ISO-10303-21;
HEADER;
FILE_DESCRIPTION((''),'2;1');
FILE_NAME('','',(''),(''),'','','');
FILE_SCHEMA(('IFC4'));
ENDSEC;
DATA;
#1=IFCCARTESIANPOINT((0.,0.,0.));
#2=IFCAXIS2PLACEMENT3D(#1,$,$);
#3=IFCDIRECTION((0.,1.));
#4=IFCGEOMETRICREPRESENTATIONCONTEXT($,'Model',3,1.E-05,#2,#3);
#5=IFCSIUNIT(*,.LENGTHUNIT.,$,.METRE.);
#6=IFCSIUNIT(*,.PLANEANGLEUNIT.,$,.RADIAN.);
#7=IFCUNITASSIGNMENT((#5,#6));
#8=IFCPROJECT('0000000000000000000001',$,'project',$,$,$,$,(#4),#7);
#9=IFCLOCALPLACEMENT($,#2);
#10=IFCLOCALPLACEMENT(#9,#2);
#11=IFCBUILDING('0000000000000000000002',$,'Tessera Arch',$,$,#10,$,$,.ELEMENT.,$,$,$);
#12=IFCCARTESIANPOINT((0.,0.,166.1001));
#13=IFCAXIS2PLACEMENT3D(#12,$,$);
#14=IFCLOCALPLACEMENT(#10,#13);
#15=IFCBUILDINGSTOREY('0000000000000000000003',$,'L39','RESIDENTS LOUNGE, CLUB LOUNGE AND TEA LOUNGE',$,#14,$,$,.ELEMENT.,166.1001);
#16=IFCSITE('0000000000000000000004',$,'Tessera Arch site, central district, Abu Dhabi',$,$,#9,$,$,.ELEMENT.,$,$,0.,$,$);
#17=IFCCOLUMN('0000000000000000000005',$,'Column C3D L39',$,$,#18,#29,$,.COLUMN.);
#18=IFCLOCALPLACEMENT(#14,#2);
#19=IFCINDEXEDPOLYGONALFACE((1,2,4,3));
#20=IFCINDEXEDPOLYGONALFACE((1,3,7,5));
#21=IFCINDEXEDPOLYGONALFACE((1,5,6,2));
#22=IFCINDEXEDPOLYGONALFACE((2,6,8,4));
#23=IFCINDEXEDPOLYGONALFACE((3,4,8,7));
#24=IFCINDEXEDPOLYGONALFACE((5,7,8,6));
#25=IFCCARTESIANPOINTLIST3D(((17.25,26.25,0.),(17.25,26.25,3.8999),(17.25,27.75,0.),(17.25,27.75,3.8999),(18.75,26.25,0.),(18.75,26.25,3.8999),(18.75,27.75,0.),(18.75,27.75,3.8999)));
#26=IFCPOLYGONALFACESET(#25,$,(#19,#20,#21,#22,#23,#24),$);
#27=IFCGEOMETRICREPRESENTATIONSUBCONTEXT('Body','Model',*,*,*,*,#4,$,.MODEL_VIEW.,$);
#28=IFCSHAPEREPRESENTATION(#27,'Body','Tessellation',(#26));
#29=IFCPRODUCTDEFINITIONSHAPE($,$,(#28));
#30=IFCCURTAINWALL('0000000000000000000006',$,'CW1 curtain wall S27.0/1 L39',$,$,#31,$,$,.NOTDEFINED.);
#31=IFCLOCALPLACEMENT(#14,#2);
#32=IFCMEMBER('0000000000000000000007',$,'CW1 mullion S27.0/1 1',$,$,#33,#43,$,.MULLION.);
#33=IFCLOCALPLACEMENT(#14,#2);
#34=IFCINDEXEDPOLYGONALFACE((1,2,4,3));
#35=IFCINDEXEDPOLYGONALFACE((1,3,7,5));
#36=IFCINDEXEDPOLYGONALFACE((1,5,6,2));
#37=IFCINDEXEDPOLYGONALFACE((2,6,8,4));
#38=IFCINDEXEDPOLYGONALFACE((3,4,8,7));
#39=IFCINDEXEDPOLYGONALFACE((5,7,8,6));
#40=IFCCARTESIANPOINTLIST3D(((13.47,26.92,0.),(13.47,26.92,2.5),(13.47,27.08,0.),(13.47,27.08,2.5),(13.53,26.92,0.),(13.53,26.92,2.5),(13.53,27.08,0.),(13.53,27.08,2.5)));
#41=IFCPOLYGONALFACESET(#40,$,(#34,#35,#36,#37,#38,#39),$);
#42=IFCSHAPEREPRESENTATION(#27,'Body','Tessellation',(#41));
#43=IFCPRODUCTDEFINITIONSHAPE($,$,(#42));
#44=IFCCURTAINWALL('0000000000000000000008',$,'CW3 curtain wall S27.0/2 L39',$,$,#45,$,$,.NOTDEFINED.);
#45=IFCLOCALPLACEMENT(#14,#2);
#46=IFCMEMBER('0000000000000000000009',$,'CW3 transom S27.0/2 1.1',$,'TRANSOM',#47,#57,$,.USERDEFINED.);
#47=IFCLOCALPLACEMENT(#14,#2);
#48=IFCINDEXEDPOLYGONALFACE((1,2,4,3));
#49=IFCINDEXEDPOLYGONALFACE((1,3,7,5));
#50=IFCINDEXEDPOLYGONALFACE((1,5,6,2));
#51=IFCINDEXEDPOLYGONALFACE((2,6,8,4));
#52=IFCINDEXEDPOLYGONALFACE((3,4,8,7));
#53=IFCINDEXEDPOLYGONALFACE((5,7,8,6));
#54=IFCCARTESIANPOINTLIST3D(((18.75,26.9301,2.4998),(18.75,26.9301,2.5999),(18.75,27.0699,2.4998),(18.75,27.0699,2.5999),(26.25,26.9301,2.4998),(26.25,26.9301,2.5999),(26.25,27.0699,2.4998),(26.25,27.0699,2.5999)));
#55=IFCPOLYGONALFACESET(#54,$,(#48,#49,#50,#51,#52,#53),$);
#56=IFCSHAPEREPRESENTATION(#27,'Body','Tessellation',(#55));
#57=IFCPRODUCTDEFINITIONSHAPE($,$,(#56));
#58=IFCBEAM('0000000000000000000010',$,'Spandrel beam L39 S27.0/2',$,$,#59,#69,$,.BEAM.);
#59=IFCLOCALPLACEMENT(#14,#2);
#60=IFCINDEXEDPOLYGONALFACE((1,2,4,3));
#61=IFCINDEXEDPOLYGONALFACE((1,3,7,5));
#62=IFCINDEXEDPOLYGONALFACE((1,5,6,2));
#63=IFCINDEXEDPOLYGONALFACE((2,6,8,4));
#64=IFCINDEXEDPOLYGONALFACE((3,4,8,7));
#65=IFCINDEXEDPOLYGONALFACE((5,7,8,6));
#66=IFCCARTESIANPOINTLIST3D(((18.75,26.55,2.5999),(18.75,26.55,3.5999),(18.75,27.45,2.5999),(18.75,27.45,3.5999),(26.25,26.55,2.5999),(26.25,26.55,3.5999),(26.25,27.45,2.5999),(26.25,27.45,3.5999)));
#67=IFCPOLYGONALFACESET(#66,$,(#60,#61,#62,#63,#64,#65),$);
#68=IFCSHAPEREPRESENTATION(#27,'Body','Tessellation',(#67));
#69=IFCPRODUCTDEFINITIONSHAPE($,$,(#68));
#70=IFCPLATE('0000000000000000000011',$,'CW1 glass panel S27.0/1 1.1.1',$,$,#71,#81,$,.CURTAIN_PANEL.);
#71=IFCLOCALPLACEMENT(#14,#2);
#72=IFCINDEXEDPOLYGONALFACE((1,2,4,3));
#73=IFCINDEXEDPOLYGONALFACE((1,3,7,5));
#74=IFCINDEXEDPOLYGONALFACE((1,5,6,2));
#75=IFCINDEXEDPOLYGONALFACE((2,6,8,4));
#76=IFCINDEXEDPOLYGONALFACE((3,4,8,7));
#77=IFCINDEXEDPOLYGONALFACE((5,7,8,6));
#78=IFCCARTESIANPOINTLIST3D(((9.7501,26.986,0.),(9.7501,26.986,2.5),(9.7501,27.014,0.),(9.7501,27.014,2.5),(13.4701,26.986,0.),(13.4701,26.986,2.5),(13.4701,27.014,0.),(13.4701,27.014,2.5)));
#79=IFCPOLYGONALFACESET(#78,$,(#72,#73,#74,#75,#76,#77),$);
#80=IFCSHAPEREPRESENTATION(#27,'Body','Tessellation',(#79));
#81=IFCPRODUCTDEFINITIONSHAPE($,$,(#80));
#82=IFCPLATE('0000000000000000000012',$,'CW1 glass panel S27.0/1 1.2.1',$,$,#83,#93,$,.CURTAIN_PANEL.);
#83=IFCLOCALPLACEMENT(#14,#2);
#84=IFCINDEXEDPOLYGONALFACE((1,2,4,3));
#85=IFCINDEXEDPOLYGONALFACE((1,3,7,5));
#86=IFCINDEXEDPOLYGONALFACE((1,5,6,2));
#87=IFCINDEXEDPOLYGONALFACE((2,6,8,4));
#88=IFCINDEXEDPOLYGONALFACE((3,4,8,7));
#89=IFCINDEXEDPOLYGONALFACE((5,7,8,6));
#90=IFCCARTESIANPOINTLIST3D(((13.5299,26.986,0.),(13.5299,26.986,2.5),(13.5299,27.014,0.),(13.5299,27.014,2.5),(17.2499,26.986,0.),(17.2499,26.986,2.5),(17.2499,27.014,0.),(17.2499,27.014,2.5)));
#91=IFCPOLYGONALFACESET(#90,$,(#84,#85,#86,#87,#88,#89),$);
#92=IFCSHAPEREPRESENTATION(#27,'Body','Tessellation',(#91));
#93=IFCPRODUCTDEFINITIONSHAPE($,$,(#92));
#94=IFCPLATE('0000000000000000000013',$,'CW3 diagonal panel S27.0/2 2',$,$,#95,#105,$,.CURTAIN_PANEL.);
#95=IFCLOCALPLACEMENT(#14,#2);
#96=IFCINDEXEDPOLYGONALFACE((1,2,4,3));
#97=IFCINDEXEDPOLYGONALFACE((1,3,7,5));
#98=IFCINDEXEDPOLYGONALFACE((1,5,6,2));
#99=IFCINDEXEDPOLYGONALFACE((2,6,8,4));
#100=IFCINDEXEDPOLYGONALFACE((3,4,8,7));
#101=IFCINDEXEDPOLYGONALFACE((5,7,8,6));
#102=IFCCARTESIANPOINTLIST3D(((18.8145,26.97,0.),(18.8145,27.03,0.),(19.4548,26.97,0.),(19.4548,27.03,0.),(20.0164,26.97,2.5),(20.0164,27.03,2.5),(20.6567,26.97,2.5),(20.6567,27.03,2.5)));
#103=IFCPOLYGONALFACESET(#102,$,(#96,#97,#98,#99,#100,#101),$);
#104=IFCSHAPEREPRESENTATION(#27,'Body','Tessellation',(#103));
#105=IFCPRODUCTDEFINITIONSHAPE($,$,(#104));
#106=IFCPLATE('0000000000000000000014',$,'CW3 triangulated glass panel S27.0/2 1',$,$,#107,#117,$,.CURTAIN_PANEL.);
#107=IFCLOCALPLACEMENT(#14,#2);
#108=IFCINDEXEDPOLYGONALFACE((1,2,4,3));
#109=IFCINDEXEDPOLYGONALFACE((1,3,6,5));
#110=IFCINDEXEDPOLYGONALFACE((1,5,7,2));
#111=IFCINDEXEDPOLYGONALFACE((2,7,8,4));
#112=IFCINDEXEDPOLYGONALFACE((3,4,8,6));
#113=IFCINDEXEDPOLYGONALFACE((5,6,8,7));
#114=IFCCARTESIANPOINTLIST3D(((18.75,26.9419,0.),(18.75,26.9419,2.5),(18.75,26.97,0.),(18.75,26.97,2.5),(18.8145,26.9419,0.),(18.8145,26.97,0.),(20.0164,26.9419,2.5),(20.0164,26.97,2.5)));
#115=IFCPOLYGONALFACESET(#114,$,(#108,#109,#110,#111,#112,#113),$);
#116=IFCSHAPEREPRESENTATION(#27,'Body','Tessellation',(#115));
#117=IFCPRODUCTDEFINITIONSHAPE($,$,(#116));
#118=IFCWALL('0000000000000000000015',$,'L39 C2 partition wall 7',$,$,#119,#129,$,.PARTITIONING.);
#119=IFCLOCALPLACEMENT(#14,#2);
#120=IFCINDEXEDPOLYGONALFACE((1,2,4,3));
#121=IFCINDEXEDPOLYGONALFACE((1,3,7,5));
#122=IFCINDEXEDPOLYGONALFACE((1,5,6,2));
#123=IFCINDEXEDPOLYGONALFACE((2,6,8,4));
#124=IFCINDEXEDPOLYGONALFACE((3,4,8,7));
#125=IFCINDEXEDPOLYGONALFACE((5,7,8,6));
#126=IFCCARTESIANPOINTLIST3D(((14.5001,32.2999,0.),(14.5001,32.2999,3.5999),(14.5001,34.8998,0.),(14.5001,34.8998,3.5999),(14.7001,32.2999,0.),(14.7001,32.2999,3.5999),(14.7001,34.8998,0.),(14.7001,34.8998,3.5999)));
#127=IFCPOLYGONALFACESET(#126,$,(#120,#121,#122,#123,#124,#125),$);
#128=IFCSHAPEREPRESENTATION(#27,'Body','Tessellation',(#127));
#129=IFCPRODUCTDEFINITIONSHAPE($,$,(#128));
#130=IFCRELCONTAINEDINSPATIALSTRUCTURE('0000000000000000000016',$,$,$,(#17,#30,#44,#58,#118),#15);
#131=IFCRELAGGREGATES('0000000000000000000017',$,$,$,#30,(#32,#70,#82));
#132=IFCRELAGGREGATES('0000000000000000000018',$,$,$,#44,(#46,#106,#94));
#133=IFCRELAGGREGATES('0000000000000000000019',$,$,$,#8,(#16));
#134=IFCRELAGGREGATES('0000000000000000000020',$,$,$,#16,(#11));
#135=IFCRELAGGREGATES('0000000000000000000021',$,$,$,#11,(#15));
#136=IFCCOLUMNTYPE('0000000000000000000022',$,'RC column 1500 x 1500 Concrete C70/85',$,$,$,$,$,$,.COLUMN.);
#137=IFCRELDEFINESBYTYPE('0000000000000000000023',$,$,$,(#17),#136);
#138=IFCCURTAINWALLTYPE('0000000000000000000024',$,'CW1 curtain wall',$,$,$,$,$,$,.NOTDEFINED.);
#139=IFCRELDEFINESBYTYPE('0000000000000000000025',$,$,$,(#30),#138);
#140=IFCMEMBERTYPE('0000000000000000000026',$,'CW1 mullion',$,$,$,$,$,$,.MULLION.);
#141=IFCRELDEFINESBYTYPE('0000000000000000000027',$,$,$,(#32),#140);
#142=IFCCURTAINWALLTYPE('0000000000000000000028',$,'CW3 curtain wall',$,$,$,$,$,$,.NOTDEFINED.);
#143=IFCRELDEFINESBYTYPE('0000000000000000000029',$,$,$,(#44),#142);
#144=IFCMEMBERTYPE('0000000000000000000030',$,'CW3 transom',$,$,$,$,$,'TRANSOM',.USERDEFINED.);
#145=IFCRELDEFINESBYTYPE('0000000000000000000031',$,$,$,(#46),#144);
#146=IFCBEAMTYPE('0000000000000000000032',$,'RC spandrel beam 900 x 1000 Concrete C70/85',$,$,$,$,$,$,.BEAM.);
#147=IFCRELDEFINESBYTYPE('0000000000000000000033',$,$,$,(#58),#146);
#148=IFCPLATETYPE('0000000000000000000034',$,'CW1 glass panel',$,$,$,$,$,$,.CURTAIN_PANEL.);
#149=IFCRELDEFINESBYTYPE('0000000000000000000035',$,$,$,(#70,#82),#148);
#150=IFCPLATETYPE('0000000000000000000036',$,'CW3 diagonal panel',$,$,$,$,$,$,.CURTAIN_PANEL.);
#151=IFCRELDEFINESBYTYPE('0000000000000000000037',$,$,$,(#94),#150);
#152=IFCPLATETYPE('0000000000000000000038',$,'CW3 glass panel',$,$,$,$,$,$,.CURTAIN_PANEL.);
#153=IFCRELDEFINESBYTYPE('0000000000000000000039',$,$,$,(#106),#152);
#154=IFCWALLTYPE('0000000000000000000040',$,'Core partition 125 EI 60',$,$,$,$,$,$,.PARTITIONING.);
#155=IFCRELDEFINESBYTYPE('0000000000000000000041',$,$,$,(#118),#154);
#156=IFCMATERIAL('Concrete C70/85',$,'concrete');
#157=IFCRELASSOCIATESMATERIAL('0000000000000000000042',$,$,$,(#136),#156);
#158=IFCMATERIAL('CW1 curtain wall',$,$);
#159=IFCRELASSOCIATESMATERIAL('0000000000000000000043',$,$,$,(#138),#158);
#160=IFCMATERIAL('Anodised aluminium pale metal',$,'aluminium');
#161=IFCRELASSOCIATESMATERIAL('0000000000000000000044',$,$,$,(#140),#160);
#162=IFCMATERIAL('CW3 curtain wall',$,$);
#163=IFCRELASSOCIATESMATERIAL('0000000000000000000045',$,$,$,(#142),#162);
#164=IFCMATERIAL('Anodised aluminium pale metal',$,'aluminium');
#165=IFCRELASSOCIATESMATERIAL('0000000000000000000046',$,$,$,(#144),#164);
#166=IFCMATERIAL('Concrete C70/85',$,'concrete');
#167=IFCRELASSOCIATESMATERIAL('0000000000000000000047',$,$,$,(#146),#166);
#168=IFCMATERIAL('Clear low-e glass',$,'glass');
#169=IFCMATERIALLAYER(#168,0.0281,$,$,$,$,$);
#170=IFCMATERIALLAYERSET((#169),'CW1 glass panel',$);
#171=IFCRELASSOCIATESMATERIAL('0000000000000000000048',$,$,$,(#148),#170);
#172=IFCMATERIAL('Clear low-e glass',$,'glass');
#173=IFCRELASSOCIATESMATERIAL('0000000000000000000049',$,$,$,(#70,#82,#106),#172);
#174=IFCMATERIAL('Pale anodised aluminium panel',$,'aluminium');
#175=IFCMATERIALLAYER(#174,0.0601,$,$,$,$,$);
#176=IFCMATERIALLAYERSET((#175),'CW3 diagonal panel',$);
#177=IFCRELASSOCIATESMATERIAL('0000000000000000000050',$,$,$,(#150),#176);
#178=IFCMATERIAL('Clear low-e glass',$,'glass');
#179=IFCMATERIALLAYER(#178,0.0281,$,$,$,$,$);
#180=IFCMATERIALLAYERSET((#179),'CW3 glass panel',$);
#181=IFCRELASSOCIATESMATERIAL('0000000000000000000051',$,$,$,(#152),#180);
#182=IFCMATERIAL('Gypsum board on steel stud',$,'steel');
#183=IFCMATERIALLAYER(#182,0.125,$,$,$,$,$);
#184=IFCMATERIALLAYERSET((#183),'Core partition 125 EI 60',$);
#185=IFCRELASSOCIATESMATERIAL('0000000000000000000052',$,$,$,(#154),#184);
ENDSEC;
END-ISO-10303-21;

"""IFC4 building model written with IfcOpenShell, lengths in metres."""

from ifc_helpers import new_model, si_unit, direction, frame, frame_2d, origin, origin_2d, place, context, subcontext, project, spatial, polyline, rectangle, outline, extrude, material, layer, layer_set, material_profile, profile_set, type_object, element, aggregate, save


model = new_model("IFC4")

# Units and contexts
model_context = context("Model", 3, precision=1e-05, world=origin(), true_north=direction((0.0, 1.0)))
body_context = subcontext(model_context, "Body", "Model", "MODEL_VIEW")
ifc_project = project(units=[si_unit("LENGTHUNIT", "METRE"), si_unit("PLANEANGLEUNIT", "RADIAN")], contexts=[model_context])

# Site, building, storey
site_placement = place(None, origin())
site = spatial("IfcSite", under=ifc_project, at=site_placement, Name="Tessera Arch site, central district, Abu Dhabi", CompositionType="ELEMENT", RefElevation=0.0)
building_placement = place(site_placement, origin())
building = spatial("IfcBuilding", under=site, at=building_placement, Name="Tessera Arch", CompositionType="ELEMENT")
storey_placement = place(building_placement, frame((0.0, 0.0, 166.1001)))
storey = spatial("IfcBuildingStorey", under=building, at=storey_placement, Name="L39", Description="RESIDENTS LOUNGE, CLUB LOUNGE AND TEA LOUNGE", CompositionType="ELEMENT", Elevation=166.1001)

# Column
ifc_material_1 = material(Name="Concrete C70/85", Category="concrete")
ifc_material_profile_1 = material_profile(ifc_material_1, rectangle(XDim=1.5, YDim=1.5, at=origin_2d()), Name="RC column 1500 x 1500 Concrete C70/85")
ifc_profile_set_1 = profile_set([ifc_material_profile_1], Name="Concrete C70/85")
column_type = type_object("IfcColumnType", Name="RC column 1500 x 1500 Concrete C70/85", PredefinedType="COLUMN", material=ifc_profile_set_1)
column_placement = place(storey_placement, frame((18.0, 27.0, 0.0), z_axis=(0.0, 0.0, 1.0), x_axis=(1.0, 0.0, 0.0)))
element("IfcColumn", 1, at=column_placement, inside=storey, type_object=column_type, Name="Column C3D L39", PredefinedType="COLUMN", context=body_context, shape_type="SweptSolid", body=[
    extrude(rectangle(XDim=1.5, YDim=1.5, at=origin_2d()), origin(), (0.0, 0.0, 1.0), 3.8999),
])

# Curtain walls, members
ifc_material_2 = material(Name="CW1 curtain wall")
curtain_wall_type_1 = type_object("IfcCurtainWallType", Name="CW1 curtain wall", PredefinedType="NOTDEFINED", material=ifc_material_2)
curtain_wall_1_placement = place(storey_placement, origin())
curtain_wall_1 = element("IfcCurtainWall", 2, at=curtain_wall_1_placement, inside=storey, type_object=curtain_wall_type_1, Name="CW1 curtain wall S27.0/1 L39", PredefinedType="NOTDEFINED")
ifc_material_3 = material(Name="Anodised aluminium pale metal", Category="aluminium")
ifc_material_profile_2 = material_profile(ifc_material_3, rectangle(XDim=0.1599, YDim=0.0601, at=origin_2d()), Name="AL 60x160")
ifc_profile_set_2 = profile_set([ifc_material_profile_2], Name="Anodised aluminium pale metal")
member_type_1 = type_object("IfcMemberType", Name="CW1 mullion", PredefinedType="MULLION", material=ifc_profile_set_2)
member_1_placement = place(storey_placement, frame((13.5, 27.0, 0.0), z_axis=(0.0, 0.0, 1.0), x_axis=(0.0, 1.0, 0.0)))
member_1 = element("IfcMember", 3, at=member_1_placement, type_object=member_type_1, Name="CW1 mullion S27.0/1 1", PredefinedType="MULLION", context=body_context, shape_type="SweptSolid", body=[
    extrude(rectangle(XDim=0.1599, YDim=0.0601, at=origin_2d()), origin(), (0.0, 0.0, 1.0), 2.5),
])
ifc_material_4 = material(Name="CW3 curtain wall")
curtain_wall_type_2 = type_object("IfcCurtainWallType", Name="CW3 curtain wall", PredefinedType="NOTDEFINED", material=ifc_material_4)
curtain_wall_2_placement = place(storey_placement, origin())
curtain_wall_2 = element("IfcCurtainWall", 4, at=curtain_wall_2_placement, inside=storey, type_object=curtain_wall_type_2, Name="CW3 curtain wall S27.0/2 L39", PredefinedType="NOTDEFINED")
ifc_material_5 = material(Name="Anodised aluminium pale metal", Category="aluminium")
ifc_material_profile_3 = material_profile(ifc_material_5, rectangle(XDim=0.1399, YDim=0.1001, at=origin_2d()), Name="AL 140x100")
ifc_profile_set_3 = profile_set([ifc_material_profile_3], Name="Anodised aluminium pale metal")
member_type_2 = type_object("IfcMemberType", Name="CW3 transom", ElementType="TRANSOM", PredefinedType="USERDEFINED", material=ifc_profile_set_3)
member_2_placement = place(storey_placement, frame((18.75, 27.0, 2.5498), z_axis=(1.0, 0.0, 0.0), x_axis=(0.0, 1.0, 0.0)))
member_2 = element("IfcMember", 5, at=member_2_placement, type_object=member_type_2, Name="CW3 transom S27.0/2 1.1", ObjectType="TRANSOM", PredefinedType="USERDEFINED", context=body_context, shape_type="SweptSolid", body=[
    extrude(rectangle(XDim=0.1399, YDim=0.1001, at=origin_2d()), origin(), (0.0, 0.0, 1.0), 7.5),
])

# Beam
ifc_material_6 = material(Name="Concrete C70/85", Category="concrete")
ifc_material_profile_4 = material_profile(ifc_material_6, rectangle(XDim=0.8999, YDim=1.0, at=origin_2d()), Name="RC spandrel beam 900 x 1000 Concrete C70/85")
ifc_profile_set_4 = profile_set([ifc_material_profile_4], Name="Concrete C70/85")
beam_type = type_object("IfcBeamType", Name="RC spandrel beam 900 x 1000 Concrete C70/85", PredefinedType="BEAM", material=ifc_profile_set_4)
beam_placement = place(storey_placement, frame((18.75, 27.0, 3.0999), z_axis=(1.0, 0.0, 0.0), x_axis=(0.0, 1.0, 0.0)))
element("IfcBeam", 6, at=beam_placement, inside=storey, type_object=beam_type, Name="Spandrel beam L39 S27.0/2", PredefinedType="BEAM", context=body_context, shape_type="SweptSolid", body=[
    extrude(rectangle(XDim=0.8999, YDim=1.0, at=origin_2d()), origin(), (0.0, 0.0, 1.0), 7.5),
])

# Plates
ifc_material_7 = material(Name="Clear low-e glass", Category="glass")
ifc_material_8 = material(Name="Clear low-e glass", Category="glass")
ifc_layer_1 = layer(ifc_material_8, 0.0281)
ifc_layer_set_1 = layer_set([ifc_layer_1], Name="CW1 glass panel")
plate_type_1 = type_object("IfcPlateType", Name="CW1 glass panel", PredefinedType="CURTAIN_PANEL", material=ifc_layer_set_1)
plate_1_placement = place(storey_placement, frame((11.6101, 27.0, 0.0), z_axis=(0.0, 0.0, 1.0), x_axis=(1.0, 0.0, 0.0)))
plate_1 = element("IfcPlate", 7, at=plate_1_placement, type_object=plate_type_1, material=ifc_material_7, Name="CW1 glass panel S27.0/1 1.1.1", PredefinedType="CURTAIN_PANEL", context=body_context, shape_type="SweptSolid", body=[
    extrude(rectangle(XDim=3.72, YDim=0.0281, at=origin_2d()), origin(), (0.0, 0.0, 1.0), 2.5),
])
plate_2_placement = place(storey_placement, frame((15.3899, 27.0, 0.0), z_axis=(0.0, 0.0, 1.0), x_axis=(1.0, 0.0, 0.0)))
plate_2 = element("IfcPlate", 8, at=plate_2_placement, type_object=plate_type_1, material=ifc_material_7, Name="CW1 glass panel S27.0/1 1.2.1", PredefinedType="CURTAIN_PANEL", context=body_context, shape_type="SweptSolid", body=[
    extrude(rectangle(XDim=3.72, YDim=0.0281, at=origin_2d()), origin(), (0.0, 0.0, 1.0), 2.5),
])
aggregate(curtain_wall_1, [member_1, plate_1, plate_2])
ifc_material_9 = material(Name="Pale anodised aluminium panel", Category="aluminium")
ifc_layer_2 = layer(ifc_material_9, 0.0601)
ifc_layer_set_2 = layer_set([ifc_layer_2], Name="CW3 diagonal panel")
plate_type_2 = type_object("IfcPlateType", Name="CW3 diagonal panel", PredefinedType="CURTAIN_PANEL", material=ifc_layer_set_2)
plate_3_placement = place(storey_placement, frame((20.6567, 26.97, 2.5), z_axis=(0.0, -1.0, 0.0), x_axis=(-1.0, 0.0, 0.0)))
plate_3 = element("IfcPlate", 9, at=plate_3_placement, type_object=plate_type_2, Name="CW3 diagonal panel S27.0/2 2", PredefinedType="CURTAIN_PANEL", context=body_context, shape_type="SweptSolid", body=[
    extrude(outline(polyline([(0.0, 0.0), (0.6404, 0.0), (1.8423, 2.5), (1.2019, 2.5), (0.0, 0.0)])), origin(), (0.0, 0.0, -1.0), 0.0601),
])
ifc_material_10 = material(Name="Clear low-e glass", Category="glass")
ifc_layer_3 = layer(ifc_material_10, 0.0281)
ifc_layer_set_3 = layer_set([ifc_layer_3], Name="CW3 glass panel")
plate_type_3 = type_object("IfcPlateType", Name="CW3 glass panel", PredefinedType="CURTAIN_PANEL", material=ifc_layer_set_3)
plate_4_placement = place(storey_placement, frame((18.75, 26.9419, 0.0), z_axis=(0.0, -1.0, 0.0), x_axis=(1.0, 0.0, 0.0)))
plate_4 = element("IfcPlate", 10, at=plate_4_placement, type_object=plate_type_3, material=ifc_material_7, Name="CW3 triangulated glass panel S27.0/2 1", PredefinedType="CURTAIN_PANEL", context=body_context, shape_type="SweptSolid", body=[
    extrude(outline(polyline([(0.0, 0.0), (0.0645, 0.0), (1.2664, 2.5), (0.0, 2.5), (0.0, 0.0)])), origin(), (0.0, 0.0, -1.0), 0.0281),
])
aggregate(curtain_wall_2, [member_2, plate_4, plate_3])

# Wall
ifc_material_11 = material(Name="Gypsum board on steel stud", Category="steel")
ifc_layer_4 = layer(ifc_material_11, 0.125)
ifc_layer_set_4 = layer_set([ifc_layer_4], Name="Core partition 125 EI 60")
wall_type_1 = type_object("IfcWallType", Name="Core partition 125 EI 60", PredefinedType="PARTITIONING", material=ifc_layer_set_4)
wall_1_placement = place(storey_placement, frame((14.6001, 32.3, 0.0), z_axis=(0.0, 0.0, 1.0), x_axis=(0.0, 1.0, 0.0)))
element("IfcWall", 11, at=wall_1_placement, inside=storey, type_object=wall_type_1, Name="L39 C2 partition wall 7", PredefinedType="PARTITIONING", context=body_context, shape_type="SweptSolid", body=[
    extrude(rectangle(XDim=2.5999, YDim=0.2, at=frame_2d((1.2998, 0.0))), origin(), (0.0, 0.0, 1.0), 3.5999),
])

save(model, "model.ifc")
